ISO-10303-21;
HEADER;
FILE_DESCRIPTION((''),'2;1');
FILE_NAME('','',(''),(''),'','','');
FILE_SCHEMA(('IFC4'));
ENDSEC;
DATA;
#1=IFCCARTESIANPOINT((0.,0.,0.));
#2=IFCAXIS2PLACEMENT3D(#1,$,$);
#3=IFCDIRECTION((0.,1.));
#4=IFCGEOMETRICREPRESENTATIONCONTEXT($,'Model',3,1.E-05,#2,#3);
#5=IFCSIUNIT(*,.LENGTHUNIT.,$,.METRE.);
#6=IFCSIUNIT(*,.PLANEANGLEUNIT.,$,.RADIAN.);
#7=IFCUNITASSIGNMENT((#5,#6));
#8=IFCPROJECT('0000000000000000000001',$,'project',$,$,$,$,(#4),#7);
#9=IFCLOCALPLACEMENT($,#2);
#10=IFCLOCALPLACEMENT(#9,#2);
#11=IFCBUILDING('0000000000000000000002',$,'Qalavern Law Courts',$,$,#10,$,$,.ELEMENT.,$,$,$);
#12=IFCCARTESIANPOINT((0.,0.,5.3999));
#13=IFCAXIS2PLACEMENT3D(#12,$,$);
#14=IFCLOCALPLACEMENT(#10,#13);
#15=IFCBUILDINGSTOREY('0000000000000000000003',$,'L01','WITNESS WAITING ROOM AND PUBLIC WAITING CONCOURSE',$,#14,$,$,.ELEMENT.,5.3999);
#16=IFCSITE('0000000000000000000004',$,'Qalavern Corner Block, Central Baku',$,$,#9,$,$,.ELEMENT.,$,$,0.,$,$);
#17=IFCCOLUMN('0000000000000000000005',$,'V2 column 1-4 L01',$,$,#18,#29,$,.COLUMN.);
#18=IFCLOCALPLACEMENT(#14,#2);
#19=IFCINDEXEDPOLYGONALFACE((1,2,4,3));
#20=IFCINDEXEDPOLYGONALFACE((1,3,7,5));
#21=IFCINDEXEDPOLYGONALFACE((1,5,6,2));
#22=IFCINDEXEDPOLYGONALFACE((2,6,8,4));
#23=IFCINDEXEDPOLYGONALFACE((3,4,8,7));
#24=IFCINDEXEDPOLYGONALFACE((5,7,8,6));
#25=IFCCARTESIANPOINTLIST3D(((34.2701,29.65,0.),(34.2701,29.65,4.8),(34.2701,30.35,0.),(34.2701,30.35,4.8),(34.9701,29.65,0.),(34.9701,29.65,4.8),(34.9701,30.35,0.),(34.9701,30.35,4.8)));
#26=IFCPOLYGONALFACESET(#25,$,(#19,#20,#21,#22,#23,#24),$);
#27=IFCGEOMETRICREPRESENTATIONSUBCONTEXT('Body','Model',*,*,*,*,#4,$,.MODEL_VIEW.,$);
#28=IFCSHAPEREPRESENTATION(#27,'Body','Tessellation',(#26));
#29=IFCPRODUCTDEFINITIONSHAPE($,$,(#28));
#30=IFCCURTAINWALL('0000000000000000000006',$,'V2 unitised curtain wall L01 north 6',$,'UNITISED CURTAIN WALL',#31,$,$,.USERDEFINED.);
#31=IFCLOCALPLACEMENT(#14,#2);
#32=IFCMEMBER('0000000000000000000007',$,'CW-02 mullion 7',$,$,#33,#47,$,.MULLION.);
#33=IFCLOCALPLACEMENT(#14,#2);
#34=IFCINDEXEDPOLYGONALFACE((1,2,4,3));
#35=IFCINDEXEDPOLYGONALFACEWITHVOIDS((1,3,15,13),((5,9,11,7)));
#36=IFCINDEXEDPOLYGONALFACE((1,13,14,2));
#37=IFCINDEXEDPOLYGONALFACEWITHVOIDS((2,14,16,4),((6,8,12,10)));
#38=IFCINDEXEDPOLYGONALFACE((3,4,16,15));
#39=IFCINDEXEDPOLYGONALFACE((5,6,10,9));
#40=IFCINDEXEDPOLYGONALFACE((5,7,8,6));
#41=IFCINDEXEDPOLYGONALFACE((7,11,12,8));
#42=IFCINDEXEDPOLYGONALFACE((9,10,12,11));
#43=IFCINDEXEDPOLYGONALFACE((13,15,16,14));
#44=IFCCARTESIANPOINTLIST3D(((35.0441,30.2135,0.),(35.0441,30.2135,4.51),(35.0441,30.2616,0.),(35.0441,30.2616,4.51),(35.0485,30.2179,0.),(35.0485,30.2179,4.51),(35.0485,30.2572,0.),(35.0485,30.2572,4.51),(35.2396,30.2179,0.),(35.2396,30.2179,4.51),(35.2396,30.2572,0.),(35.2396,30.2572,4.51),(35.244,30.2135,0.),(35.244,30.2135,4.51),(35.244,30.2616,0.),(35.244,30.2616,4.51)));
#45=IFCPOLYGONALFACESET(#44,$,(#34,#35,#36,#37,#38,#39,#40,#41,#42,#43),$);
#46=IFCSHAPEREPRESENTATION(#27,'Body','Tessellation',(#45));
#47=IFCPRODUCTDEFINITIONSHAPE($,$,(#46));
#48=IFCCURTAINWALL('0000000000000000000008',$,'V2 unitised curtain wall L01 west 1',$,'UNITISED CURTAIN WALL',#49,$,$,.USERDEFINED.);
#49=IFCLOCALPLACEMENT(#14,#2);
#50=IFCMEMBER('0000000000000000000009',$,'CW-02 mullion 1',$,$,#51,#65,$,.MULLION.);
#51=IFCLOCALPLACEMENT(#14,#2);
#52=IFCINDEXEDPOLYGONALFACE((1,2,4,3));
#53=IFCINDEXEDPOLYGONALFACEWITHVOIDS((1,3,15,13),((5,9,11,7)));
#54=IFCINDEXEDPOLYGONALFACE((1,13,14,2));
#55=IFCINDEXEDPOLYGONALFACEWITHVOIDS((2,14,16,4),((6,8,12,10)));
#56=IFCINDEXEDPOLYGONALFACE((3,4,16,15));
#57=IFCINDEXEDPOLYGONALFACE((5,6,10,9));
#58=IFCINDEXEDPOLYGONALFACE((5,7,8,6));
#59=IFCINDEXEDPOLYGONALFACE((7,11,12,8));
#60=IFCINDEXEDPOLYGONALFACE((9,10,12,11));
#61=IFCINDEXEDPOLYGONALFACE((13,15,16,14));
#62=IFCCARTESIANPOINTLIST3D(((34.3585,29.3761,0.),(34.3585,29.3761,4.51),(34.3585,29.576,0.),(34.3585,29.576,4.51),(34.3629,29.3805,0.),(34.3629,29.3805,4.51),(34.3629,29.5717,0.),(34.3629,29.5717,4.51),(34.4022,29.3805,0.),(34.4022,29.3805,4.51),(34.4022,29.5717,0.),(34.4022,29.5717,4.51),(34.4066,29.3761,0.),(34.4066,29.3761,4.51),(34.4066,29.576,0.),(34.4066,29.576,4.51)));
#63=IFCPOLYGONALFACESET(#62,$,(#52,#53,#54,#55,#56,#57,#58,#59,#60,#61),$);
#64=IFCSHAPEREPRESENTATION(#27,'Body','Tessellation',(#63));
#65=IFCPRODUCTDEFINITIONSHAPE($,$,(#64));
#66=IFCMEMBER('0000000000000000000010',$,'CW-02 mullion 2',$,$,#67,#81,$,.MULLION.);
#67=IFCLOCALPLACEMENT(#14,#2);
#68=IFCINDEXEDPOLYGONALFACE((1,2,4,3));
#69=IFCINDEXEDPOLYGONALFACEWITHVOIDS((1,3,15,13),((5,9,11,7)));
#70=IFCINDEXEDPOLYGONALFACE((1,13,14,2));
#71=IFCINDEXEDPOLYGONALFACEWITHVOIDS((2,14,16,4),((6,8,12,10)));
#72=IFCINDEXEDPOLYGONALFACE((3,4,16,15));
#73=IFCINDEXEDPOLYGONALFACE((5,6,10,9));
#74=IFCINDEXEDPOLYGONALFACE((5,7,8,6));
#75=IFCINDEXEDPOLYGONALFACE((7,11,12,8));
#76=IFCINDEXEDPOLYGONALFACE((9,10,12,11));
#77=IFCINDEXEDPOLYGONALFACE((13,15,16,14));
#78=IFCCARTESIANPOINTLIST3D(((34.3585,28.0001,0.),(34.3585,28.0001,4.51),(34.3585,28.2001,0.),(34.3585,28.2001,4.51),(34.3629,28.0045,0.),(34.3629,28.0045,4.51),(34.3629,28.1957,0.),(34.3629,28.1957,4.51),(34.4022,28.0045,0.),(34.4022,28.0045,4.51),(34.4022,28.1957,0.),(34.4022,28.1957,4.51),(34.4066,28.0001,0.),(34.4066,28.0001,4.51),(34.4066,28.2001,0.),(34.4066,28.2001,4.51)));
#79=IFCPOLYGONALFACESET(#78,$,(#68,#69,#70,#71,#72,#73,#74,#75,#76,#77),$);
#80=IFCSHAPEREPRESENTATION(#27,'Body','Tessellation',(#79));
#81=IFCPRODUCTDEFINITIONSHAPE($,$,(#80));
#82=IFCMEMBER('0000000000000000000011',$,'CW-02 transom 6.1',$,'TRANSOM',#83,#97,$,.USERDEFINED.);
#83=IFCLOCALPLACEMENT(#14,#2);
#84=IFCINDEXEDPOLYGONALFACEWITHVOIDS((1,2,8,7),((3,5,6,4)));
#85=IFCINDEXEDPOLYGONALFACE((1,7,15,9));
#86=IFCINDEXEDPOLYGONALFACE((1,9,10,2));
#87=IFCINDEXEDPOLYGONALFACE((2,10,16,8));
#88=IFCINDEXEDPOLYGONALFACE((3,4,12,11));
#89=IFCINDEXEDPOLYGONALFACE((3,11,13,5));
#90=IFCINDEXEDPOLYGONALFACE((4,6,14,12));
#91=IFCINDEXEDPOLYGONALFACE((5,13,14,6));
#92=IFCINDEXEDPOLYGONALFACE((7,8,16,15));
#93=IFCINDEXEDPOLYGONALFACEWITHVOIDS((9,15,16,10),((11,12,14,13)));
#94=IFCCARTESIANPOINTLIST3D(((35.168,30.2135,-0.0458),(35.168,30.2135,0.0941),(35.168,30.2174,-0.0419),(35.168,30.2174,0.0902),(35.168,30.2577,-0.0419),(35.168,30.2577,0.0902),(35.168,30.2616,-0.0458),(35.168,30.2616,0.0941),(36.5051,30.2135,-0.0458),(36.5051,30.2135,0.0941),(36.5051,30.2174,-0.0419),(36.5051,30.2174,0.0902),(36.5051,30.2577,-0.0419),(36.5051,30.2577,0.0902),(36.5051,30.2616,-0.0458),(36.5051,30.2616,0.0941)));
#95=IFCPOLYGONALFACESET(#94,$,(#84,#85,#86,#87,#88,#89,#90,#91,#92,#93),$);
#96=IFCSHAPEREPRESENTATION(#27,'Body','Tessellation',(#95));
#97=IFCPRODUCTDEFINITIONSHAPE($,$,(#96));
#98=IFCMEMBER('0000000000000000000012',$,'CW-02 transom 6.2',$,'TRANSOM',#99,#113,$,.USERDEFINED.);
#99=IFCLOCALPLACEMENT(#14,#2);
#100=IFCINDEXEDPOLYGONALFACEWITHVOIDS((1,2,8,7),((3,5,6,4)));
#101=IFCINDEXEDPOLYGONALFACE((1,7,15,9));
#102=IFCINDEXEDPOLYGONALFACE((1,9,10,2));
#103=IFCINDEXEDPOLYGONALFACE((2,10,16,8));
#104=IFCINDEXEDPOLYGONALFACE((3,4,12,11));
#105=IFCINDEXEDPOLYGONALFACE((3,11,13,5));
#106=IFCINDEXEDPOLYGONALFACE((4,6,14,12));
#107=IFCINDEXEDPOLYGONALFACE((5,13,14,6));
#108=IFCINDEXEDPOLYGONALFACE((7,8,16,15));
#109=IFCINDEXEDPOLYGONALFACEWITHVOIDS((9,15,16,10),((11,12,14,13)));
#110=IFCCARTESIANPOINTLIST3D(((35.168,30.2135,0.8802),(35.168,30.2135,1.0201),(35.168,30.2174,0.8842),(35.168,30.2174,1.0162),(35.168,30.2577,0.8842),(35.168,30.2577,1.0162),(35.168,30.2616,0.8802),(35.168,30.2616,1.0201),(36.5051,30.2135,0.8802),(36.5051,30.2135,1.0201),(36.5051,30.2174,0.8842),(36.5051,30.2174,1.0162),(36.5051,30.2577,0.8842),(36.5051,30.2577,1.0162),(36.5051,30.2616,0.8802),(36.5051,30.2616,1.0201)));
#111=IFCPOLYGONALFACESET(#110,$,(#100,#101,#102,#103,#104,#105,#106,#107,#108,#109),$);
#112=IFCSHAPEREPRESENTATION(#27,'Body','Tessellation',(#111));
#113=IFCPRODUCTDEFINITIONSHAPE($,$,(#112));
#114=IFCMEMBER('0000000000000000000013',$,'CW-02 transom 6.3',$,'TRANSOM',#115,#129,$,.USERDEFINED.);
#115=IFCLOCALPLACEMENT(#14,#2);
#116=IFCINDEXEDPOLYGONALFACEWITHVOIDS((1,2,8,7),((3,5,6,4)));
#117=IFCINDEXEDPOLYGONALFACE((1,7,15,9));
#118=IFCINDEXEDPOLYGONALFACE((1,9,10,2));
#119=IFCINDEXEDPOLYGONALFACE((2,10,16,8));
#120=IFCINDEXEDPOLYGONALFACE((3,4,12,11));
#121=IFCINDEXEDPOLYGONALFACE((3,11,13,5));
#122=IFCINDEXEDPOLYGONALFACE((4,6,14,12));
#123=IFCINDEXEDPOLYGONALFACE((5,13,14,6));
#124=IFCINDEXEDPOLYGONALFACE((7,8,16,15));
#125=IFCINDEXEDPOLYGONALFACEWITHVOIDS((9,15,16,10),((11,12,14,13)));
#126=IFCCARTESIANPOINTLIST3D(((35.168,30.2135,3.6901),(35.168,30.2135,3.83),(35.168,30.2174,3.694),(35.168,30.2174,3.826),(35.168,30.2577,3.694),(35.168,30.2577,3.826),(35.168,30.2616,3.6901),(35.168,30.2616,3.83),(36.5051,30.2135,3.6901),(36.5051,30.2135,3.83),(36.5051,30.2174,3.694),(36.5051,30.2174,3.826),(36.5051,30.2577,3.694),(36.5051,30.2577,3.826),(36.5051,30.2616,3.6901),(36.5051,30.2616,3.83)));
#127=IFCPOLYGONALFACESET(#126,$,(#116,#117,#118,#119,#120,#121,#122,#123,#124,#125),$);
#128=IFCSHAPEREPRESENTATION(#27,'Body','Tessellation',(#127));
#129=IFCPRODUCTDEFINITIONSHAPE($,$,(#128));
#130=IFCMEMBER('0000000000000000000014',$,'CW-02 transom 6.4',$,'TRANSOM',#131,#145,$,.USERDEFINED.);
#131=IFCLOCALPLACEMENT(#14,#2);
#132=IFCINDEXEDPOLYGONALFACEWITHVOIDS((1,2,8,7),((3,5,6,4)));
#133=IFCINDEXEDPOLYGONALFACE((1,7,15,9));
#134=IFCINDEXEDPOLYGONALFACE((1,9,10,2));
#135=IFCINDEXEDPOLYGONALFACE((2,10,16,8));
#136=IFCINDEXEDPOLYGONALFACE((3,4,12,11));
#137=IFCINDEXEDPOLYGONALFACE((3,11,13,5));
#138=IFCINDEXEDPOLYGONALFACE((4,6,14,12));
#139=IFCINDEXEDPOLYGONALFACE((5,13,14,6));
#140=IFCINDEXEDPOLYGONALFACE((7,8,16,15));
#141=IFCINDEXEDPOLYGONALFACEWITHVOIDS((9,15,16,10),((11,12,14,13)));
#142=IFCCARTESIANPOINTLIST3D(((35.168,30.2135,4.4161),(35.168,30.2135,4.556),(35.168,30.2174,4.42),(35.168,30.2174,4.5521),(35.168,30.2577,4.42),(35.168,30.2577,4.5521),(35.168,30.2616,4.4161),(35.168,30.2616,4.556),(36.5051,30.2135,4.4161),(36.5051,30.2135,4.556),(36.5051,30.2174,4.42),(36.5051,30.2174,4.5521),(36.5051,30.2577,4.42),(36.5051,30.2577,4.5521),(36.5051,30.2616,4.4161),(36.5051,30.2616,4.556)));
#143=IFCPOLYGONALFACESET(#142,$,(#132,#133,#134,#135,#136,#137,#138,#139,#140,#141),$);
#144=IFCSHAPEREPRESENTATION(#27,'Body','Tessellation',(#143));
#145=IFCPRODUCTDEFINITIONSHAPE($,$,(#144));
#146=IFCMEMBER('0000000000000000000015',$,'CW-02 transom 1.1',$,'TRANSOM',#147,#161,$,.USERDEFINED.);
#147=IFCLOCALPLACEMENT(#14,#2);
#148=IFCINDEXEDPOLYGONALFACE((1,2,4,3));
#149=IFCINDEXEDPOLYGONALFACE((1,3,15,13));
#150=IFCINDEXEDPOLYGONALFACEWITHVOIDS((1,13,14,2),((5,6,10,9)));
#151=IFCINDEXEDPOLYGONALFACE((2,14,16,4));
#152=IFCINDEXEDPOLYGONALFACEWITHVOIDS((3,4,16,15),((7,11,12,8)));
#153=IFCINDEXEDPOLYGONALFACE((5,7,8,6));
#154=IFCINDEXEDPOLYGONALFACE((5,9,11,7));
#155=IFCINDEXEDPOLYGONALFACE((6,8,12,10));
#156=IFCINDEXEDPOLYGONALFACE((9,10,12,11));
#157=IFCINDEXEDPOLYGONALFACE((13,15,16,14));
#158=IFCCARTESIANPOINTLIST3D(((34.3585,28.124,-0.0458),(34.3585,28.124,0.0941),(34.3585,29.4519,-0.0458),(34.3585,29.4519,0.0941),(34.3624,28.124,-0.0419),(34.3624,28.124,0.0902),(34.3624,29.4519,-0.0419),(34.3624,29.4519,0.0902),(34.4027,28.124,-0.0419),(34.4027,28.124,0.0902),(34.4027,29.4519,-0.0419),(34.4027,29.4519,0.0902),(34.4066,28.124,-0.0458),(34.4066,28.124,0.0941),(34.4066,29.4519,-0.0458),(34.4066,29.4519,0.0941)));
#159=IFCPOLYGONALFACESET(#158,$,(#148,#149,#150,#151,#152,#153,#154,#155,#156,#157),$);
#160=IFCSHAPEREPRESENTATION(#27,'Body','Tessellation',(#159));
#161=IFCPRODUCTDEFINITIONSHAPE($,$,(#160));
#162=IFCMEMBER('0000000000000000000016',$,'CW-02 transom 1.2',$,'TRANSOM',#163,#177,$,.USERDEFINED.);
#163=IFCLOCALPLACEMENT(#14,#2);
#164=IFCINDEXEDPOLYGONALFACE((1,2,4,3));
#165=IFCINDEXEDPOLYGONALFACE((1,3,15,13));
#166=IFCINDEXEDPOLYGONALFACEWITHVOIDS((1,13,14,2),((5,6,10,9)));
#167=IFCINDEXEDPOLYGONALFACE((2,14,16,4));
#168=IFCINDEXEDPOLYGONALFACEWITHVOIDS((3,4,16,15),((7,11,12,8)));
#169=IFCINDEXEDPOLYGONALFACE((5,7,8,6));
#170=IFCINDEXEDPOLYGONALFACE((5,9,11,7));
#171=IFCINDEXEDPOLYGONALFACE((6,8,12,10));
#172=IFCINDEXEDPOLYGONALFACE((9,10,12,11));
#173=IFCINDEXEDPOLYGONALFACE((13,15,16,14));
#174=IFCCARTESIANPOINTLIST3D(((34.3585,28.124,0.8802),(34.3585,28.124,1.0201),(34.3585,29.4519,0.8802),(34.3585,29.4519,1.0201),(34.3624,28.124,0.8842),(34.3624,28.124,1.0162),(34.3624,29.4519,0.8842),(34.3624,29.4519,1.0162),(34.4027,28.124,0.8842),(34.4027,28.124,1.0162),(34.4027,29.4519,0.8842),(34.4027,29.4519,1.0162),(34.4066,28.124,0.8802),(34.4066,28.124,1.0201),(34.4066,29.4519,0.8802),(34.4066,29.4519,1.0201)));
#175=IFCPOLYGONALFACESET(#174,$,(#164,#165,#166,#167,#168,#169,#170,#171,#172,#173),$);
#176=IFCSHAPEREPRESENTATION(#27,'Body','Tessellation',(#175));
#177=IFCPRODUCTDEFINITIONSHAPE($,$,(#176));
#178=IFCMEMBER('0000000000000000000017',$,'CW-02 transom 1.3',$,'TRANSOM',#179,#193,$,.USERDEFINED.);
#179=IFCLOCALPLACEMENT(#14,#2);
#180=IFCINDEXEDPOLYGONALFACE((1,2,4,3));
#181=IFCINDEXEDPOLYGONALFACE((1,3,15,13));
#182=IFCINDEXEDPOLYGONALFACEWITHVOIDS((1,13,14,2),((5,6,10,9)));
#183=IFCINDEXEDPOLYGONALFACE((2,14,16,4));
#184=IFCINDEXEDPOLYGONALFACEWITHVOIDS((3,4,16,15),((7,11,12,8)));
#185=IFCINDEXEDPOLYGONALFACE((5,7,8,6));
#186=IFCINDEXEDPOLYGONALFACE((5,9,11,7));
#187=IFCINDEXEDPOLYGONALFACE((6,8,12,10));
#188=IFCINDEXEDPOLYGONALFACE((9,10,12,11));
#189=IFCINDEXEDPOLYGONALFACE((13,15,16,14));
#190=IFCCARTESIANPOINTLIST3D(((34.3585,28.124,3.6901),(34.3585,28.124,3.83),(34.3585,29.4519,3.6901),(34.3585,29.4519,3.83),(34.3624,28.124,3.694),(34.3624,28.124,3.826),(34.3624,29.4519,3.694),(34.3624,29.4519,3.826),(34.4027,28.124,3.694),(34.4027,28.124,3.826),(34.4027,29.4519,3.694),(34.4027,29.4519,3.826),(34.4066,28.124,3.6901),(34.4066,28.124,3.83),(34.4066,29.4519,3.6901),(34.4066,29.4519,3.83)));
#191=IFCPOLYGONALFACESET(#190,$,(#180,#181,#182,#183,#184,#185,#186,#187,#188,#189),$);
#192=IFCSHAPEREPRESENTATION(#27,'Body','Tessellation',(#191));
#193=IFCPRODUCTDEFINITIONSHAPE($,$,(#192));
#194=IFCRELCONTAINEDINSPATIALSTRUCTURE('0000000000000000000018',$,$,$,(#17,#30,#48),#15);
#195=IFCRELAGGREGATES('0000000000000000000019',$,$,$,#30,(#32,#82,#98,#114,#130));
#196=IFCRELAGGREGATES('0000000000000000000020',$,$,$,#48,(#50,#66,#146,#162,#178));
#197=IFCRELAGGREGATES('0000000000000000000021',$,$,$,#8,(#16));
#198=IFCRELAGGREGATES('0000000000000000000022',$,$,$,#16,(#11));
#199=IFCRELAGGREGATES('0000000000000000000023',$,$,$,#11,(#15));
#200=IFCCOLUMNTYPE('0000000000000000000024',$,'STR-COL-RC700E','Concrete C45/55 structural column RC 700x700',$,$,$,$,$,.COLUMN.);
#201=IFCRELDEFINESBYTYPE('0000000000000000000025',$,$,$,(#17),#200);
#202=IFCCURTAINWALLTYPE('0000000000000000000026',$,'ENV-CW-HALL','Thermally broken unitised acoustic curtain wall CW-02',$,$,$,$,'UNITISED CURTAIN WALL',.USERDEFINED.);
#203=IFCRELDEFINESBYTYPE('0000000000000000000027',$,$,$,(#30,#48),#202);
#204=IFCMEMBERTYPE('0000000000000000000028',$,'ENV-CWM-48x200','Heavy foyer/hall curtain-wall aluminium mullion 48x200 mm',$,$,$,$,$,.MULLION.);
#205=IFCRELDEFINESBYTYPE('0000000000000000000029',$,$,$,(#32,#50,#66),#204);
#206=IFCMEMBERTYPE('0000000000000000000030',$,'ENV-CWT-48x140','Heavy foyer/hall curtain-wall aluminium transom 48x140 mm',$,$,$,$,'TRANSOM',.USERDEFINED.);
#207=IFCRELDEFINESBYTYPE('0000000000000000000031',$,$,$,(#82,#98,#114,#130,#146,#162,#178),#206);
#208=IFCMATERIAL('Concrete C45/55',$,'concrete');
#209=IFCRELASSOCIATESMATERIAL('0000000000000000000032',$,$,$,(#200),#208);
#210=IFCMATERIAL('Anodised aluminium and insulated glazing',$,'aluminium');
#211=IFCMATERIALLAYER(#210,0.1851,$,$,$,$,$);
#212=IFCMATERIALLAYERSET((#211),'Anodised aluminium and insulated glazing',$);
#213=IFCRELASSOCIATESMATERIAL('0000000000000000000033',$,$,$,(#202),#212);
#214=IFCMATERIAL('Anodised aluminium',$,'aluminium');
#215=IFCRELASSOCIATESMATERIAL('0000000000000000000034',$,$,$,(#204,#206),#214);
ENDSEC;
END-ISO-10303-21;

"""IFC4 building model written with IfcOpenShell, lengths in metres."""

from ifc_helpers import new_model, si_unit, direction, frame, origin, origin_2d, place, context, subcontext, project, spatial, rectangle, hollow_rectangle, extrude, material, layer, layer_set, material_profile, profile_set, type_object, element, aggregate, save


model = new_model("IFC4")

# Units and contexts
model_context = context("Model", 3, precision=1e-05, world=origin(), true_north=direction((0.0, 1.0)))
body_context = subcontext(model_context, "Body", "Model", "MODEL_VIEW")
ifc_project = project(units=[si_unit("LENGTHUNIT", "METRE"), si_unit("PLANEANGLEUNIT", "RADIAN")], contexts=[model_context])

# Site, building, storey
site_placement = place(None, origin())
site = spatial("IfcSite", under=ifc_project, at=site_placement, Name="Qalavern Corner Block, Central Baku", CompositionType="ELEMENT", RefElevation=0.0)
building_placement = place(site_placement, origin())
building = spatial("IfcBuilding", under=site, at=building_placement, Name="Qalavern Law Courts", CompositionType="ELEMENT")
storey_placement = place(building_placement, frame((0.0, 0.0, 5.3999)))
storey = spatial("IfcBuildingStorey", under=building, at=storey_placement, Name="L01", Description="WITNESS WAITING ROOM AND PUBLIC WAITING CONCOURSE", CompositionType="ELEMENT", Elevation=5.3999)

# Column
ifc_material_1 = material(Name="Concrete C45/55", Category="concrete")
ifc_material_profile_1 = material_profile(ifc_material_1, rectangle(XDim=0.7, YDim=0.7, at=origin_2d()), Name="RC 700x700")
ifc_profile_set_1 = profile_set([ifc_material_profile_1], Name="Concrete C45/55")
column_type = type_object("IfcColumnType", Name="STR-COL-RC700E", Description="Concrete C45/55 structural column RC 700x700", PredefinedType="COLUMN", material=ifc_profile_set_1)
column_placement = place(storey_placement, frame((34.6201, 30.0, 0.0), z_axis=(0.0, 0.0, 1.0), x_axis=(1.0, 0.0, 0.0)))
element("IfcColumn", 1, at=column_placement, inside=storey, type_object=column_type, Name="V2 column 1-4 L01", PredefinedType="COLUMN", context=body_context, shape_type="SweptSolid", body=[
    extrude(rectangle(XDim=0.7, YDim=0.7, at=origin_2d()), origin(), (0.0, 0.0, 1.0), 4.8),
])

# Curtain wall, member
ifc_material_2 = material(Name="Anodised aluminium and insulated glazing", Category="aluminium")
ifc_layer_1 = layer(ifc_material_2, 0.1851)
ifc_layer_set_1 = layer_set([ifc_layer_1], Name="Anodised aluminium and insulated glazing")
curtain_wall_type = type_object("IfcCurtainWallType", Name="ENV-CW-HALL", Description="Thermally broken unitised acoustic curtain wall CW-02", ElementType="UNITISED CURTAIN WALL", PredefinedType="USERDEFINED", material=ifc_layer_set_1)
curtain_wall_1_placement = place(storey_placement, origin())
curtain_wall_1 = element("IfcCurtainWall", 2, at=curtain_wall_1_placement, inside=storey, type_object=curtain_wall_type, Name="V2 unitised curtain wall L01 north 6", ObjectType="UNITISED CURTAIN WALL", PredefinedType="USERDEFINED")
ifc_material_3 = material(Name="Anodised aluminium", Category="aluminium")
ifc_material_profile_2 = material_profile(ifc_material_3, hollow_rectangle(XDim=0.0481, YDim=0.2, WallThickness=0.0044, at=origin_2d()), Name="ALU MULLION 48x200")
ifc_profile_set_2 = profile_set([ifc_material_profile_2], Name="Anodised aluminium")
member_type_1 = type_object("IfcMemberType", Name="ENV-CWM-48x200", Description="Heavy foyer/hall curtain-wall aluminium mullion 48x200 mm", PredefinedType="MULLION", material=ifc_profile_set_2)
member_1_placement = place(storey_placement, frame((35.144, 30.2375, 0.0), z_axis=(0.0, 0.0, 1.0), x_axis=(0.0, -1.0, 0.0)))
member_1 = element("IfcMember", 3, at=member_1_placement, type_object=member_type_1, Name="CW-02 mullion 7", PredefinedType="MULLION", context=body_context, shape_type="SweptSolid", body=[
    extrude(hollow_rectangle(XDim=0.0481, YDim=0.2, WallThickness=0.0044, at=origin_2d()), origin(), (0.0, 0.0, 1.0), 4.51),
])

# Curtain wall, members
curtain_wall_2_placement = place(storey_placement, origin())
curtain_wall_2 = element("IfcCurtainWall", 4, at=curtain_wall_2_placement, inside=storey, type_object=curtain_wall_type, Name="V2 unitised curtain wall L01 west 1", ObjectType="UNITISED CURTAIN WALL", PredefinedType="USERDEFINED")
member_2_placement = place(storey_placement, frame((34.3826, 29.4761, 0.0), z_axis=(0.0, 0.0, 1.0), x_axis=(1.0, 0.0, 0.0)))
member_2 = element("IfcMember", 5, at=member_2_placement, type_object=member_type_1, Name="CW-02 mullion 1", PredefinedType="MULLION", context=body_context, shape_type="SweptSolid", body=[
    extrude(hollow_rectangle(XDim=0.0481, YDim=0.2, WallThickness=0.0044, at=origin_2d()), origin(), (0.0, 0.0, 1.0), 4.51),
])
member_3_placement = place(storey_placement, frame((34.3826, 28.1001, 0.0), z_axis=(0.0, 0.0, 1.0), x_axis=(1.0, 0.0, 0.0)))
member_3 = element("IfcMember", 6, at=member_3_placement, type_object=member_type_1, Name="CW-02 mullion 2", PredefinedType="MULLION", context=body_context, shape_type="SweptSolid", body=[
    extrude(hollow_rectangle(XDim=0.0481, YDim=0.2, WallThickness=0.0044, at=origin_2d()), origin(), (0.0, 0.0, 1.0), 4.51),
])

# Members
ifc_material_profile_3 = material_profile(ifc_material_3, hollow_rectangle(XDim=0.0481, YDim=0.1399, WallThickness=0.0039, at=origin_2d()), Name="ALU TRANSOM 48x140")
ifc_profile_set_3 = profile_set([ifc_material_profile_3], Name="Anodised aluminium")
member_type_2 = type_object("IfcMemberType", Name="ENV-CWT-48x140", Description="Heavy foyer/hall curtain-wall aluminium transom 48x140 mm", ElementType="TRANSOM", PredefinedType="USERDEFINED", material=ifc_profile_set_3)
member_4_placement = place(storey_placement, frame((36.5051, 30.2375, 0.0242), z_axis=(-1.0, 0.0, 0.0), x_axis=(0.0, -1.0, 0.0)))
member_4 = element("IfcMember", 7, at=member_4_placement, type_object=member_type_2, Name="CW-02 transom 6.1", ObjectType="TRANSOM", PredefinedType="USERDEFINED", context=body_context, shape_type="SweptSolid", body=[
    extrude(hollow_rectangle(XDim=0.0481, YDim=0.1399, WallThickness=0.0039, at=origin_2d()), origin(), (0.0, 0.0, 1.0), 1.3372),
])
member_5_placement = place(storey_placement, frame((36.5051, 30.2375, 0.9502), z_axis=(-1.0, 0.0, 0.0), x_axis=(0.0, -1.0, 0.0)))
member_5 = element("IfcMember", 8, at=member_5_placement, type_object=member_type_2, Name="CW-02 transom 6.2", ObjectType="TRANSOM", PredefinedType="USERDEFINED", context=body_context, shape_type="SweptSolid", body=[
    extrude(hollow_rectangle(XDim=0.0481, YDim=0.1399, WallThickness=0.0039, at=origin_2d()), origin(), (0.0, 0.0, 1.0), 1.3372),
])
member_6_placement = place(storey_placement, frame((36.5051, 30.2375, 3.76), z_axis=(-1.0, 0.0, 0.0), x_axis=(0.0, -1.0, 0.0)))
member_6 = element("IfcMember", 9, at=member_6_placement, type_object=member_type_2, Name="CW-02 transom 6.3", ObjectType="TRANSOM", PredefinedType="USERDEFINED", context=body_context, shape_type="SweptSolid", body=[
    extrude(hollow_rectangle(XDim=0.0481, YDim=0.1399, WallThickness=0.0039, at=origin_2d()), origin(), (0.0, 0.0, 1.0), 1.3372),
])
member_7_placement = place(storey_placement, frame((36.5051, 30.2375, 4.4861), z_axis=(-1.0, 0.0, 0.0), x_axis=(0.0, -1.0, 0.0)))
member_7 = element("IfcMember", 10, at=member_7_placement, type_object=member_type_2, Name="CW-02 transom 6.4", ObjectType="TRANSOM", PredefinedType="USERDEFINED", context=body_context, shape_type="SweptSolid", body=[
    extrude(hollow_rectangle(XDim=0.0481, YDim=0.1399, WallThickness=0.0039, at=origin_2d()), origin(), (0.0, 0.0, 1.0), 1.3372),
])
member_8_placement = place(storey_placement, frame((34.3826, 29.4519, 0.0242), z_axis=(0.0, -1.0, 0.0), x_axis=(1.0, 0.0, 0.0)))
member_8 = element("IfcMember", 11, at=member_8_placement, type_object=member_type_2, Name="CW-02 transom 1.1", ObjectType="TRANSOM", PredefinedType="USERDEFINED", context=body_context, shape_type="SweptSolid", body=[
    extrude(hollow_rectangle(XDim=0.0481, YDim=0.1399, WallThickness=0.0039, at=origin_2d()), origin(), (0.0, 0.0, 1.0), 1.3279),
])
member_9_placement = place(storey_placement, frame((34.3826, 29.4519, 0.9502), z_axis=(0.0, -1.0, 0.0), x_axis=(1.0, 0.0, 0.0)))
member_9 = element("IfcMember", 12, at=member_9_placement, type_object=member_type_2, Name="CW-02 transom 1.2", ObjectType="TRANSOM", PredefinedType="USERDEFINED", context=body_context, shape_type="SweptSolid", body=[
    extrude(hollow_rectangle(XDim=0.0481, YDim=0.1399, WallThickness=0.0039, at=origin_2d()), origin(), (0.0, 0.0, 1.0), 1.3279),
])
member_10_placement = place(storey_placement, frame((34.3826, 29.4519, 3.76), z_axis=(0.0, -1.0, 0.0), x_axis=(1.0, 0.0, 0.0)))
member_10 = element("IfcMember", 13, at=member_10_placement, type_object=member_type_2, Name="CW-02 transom 1.3", ObjectType="TRANSOM", PredefinedType="USERDEFINED", context=body_context, shape_type="SweptSolid", body=[
    extrude(hollow_rectangle(XDim=0.0481, YDim=0.1399, WallThickness=0.0039, at=origin_2d()), origin(), (0.0, 0.0, 1.0), 1.3279),
])

aggregate(curtain_wall_1, [member_1, member_4, member_5, member_6, member_7])
aggregate(curtain_wall_2, [member_2, member_3, member_8, member_9, member_10])

save(model, "model.ifc")
